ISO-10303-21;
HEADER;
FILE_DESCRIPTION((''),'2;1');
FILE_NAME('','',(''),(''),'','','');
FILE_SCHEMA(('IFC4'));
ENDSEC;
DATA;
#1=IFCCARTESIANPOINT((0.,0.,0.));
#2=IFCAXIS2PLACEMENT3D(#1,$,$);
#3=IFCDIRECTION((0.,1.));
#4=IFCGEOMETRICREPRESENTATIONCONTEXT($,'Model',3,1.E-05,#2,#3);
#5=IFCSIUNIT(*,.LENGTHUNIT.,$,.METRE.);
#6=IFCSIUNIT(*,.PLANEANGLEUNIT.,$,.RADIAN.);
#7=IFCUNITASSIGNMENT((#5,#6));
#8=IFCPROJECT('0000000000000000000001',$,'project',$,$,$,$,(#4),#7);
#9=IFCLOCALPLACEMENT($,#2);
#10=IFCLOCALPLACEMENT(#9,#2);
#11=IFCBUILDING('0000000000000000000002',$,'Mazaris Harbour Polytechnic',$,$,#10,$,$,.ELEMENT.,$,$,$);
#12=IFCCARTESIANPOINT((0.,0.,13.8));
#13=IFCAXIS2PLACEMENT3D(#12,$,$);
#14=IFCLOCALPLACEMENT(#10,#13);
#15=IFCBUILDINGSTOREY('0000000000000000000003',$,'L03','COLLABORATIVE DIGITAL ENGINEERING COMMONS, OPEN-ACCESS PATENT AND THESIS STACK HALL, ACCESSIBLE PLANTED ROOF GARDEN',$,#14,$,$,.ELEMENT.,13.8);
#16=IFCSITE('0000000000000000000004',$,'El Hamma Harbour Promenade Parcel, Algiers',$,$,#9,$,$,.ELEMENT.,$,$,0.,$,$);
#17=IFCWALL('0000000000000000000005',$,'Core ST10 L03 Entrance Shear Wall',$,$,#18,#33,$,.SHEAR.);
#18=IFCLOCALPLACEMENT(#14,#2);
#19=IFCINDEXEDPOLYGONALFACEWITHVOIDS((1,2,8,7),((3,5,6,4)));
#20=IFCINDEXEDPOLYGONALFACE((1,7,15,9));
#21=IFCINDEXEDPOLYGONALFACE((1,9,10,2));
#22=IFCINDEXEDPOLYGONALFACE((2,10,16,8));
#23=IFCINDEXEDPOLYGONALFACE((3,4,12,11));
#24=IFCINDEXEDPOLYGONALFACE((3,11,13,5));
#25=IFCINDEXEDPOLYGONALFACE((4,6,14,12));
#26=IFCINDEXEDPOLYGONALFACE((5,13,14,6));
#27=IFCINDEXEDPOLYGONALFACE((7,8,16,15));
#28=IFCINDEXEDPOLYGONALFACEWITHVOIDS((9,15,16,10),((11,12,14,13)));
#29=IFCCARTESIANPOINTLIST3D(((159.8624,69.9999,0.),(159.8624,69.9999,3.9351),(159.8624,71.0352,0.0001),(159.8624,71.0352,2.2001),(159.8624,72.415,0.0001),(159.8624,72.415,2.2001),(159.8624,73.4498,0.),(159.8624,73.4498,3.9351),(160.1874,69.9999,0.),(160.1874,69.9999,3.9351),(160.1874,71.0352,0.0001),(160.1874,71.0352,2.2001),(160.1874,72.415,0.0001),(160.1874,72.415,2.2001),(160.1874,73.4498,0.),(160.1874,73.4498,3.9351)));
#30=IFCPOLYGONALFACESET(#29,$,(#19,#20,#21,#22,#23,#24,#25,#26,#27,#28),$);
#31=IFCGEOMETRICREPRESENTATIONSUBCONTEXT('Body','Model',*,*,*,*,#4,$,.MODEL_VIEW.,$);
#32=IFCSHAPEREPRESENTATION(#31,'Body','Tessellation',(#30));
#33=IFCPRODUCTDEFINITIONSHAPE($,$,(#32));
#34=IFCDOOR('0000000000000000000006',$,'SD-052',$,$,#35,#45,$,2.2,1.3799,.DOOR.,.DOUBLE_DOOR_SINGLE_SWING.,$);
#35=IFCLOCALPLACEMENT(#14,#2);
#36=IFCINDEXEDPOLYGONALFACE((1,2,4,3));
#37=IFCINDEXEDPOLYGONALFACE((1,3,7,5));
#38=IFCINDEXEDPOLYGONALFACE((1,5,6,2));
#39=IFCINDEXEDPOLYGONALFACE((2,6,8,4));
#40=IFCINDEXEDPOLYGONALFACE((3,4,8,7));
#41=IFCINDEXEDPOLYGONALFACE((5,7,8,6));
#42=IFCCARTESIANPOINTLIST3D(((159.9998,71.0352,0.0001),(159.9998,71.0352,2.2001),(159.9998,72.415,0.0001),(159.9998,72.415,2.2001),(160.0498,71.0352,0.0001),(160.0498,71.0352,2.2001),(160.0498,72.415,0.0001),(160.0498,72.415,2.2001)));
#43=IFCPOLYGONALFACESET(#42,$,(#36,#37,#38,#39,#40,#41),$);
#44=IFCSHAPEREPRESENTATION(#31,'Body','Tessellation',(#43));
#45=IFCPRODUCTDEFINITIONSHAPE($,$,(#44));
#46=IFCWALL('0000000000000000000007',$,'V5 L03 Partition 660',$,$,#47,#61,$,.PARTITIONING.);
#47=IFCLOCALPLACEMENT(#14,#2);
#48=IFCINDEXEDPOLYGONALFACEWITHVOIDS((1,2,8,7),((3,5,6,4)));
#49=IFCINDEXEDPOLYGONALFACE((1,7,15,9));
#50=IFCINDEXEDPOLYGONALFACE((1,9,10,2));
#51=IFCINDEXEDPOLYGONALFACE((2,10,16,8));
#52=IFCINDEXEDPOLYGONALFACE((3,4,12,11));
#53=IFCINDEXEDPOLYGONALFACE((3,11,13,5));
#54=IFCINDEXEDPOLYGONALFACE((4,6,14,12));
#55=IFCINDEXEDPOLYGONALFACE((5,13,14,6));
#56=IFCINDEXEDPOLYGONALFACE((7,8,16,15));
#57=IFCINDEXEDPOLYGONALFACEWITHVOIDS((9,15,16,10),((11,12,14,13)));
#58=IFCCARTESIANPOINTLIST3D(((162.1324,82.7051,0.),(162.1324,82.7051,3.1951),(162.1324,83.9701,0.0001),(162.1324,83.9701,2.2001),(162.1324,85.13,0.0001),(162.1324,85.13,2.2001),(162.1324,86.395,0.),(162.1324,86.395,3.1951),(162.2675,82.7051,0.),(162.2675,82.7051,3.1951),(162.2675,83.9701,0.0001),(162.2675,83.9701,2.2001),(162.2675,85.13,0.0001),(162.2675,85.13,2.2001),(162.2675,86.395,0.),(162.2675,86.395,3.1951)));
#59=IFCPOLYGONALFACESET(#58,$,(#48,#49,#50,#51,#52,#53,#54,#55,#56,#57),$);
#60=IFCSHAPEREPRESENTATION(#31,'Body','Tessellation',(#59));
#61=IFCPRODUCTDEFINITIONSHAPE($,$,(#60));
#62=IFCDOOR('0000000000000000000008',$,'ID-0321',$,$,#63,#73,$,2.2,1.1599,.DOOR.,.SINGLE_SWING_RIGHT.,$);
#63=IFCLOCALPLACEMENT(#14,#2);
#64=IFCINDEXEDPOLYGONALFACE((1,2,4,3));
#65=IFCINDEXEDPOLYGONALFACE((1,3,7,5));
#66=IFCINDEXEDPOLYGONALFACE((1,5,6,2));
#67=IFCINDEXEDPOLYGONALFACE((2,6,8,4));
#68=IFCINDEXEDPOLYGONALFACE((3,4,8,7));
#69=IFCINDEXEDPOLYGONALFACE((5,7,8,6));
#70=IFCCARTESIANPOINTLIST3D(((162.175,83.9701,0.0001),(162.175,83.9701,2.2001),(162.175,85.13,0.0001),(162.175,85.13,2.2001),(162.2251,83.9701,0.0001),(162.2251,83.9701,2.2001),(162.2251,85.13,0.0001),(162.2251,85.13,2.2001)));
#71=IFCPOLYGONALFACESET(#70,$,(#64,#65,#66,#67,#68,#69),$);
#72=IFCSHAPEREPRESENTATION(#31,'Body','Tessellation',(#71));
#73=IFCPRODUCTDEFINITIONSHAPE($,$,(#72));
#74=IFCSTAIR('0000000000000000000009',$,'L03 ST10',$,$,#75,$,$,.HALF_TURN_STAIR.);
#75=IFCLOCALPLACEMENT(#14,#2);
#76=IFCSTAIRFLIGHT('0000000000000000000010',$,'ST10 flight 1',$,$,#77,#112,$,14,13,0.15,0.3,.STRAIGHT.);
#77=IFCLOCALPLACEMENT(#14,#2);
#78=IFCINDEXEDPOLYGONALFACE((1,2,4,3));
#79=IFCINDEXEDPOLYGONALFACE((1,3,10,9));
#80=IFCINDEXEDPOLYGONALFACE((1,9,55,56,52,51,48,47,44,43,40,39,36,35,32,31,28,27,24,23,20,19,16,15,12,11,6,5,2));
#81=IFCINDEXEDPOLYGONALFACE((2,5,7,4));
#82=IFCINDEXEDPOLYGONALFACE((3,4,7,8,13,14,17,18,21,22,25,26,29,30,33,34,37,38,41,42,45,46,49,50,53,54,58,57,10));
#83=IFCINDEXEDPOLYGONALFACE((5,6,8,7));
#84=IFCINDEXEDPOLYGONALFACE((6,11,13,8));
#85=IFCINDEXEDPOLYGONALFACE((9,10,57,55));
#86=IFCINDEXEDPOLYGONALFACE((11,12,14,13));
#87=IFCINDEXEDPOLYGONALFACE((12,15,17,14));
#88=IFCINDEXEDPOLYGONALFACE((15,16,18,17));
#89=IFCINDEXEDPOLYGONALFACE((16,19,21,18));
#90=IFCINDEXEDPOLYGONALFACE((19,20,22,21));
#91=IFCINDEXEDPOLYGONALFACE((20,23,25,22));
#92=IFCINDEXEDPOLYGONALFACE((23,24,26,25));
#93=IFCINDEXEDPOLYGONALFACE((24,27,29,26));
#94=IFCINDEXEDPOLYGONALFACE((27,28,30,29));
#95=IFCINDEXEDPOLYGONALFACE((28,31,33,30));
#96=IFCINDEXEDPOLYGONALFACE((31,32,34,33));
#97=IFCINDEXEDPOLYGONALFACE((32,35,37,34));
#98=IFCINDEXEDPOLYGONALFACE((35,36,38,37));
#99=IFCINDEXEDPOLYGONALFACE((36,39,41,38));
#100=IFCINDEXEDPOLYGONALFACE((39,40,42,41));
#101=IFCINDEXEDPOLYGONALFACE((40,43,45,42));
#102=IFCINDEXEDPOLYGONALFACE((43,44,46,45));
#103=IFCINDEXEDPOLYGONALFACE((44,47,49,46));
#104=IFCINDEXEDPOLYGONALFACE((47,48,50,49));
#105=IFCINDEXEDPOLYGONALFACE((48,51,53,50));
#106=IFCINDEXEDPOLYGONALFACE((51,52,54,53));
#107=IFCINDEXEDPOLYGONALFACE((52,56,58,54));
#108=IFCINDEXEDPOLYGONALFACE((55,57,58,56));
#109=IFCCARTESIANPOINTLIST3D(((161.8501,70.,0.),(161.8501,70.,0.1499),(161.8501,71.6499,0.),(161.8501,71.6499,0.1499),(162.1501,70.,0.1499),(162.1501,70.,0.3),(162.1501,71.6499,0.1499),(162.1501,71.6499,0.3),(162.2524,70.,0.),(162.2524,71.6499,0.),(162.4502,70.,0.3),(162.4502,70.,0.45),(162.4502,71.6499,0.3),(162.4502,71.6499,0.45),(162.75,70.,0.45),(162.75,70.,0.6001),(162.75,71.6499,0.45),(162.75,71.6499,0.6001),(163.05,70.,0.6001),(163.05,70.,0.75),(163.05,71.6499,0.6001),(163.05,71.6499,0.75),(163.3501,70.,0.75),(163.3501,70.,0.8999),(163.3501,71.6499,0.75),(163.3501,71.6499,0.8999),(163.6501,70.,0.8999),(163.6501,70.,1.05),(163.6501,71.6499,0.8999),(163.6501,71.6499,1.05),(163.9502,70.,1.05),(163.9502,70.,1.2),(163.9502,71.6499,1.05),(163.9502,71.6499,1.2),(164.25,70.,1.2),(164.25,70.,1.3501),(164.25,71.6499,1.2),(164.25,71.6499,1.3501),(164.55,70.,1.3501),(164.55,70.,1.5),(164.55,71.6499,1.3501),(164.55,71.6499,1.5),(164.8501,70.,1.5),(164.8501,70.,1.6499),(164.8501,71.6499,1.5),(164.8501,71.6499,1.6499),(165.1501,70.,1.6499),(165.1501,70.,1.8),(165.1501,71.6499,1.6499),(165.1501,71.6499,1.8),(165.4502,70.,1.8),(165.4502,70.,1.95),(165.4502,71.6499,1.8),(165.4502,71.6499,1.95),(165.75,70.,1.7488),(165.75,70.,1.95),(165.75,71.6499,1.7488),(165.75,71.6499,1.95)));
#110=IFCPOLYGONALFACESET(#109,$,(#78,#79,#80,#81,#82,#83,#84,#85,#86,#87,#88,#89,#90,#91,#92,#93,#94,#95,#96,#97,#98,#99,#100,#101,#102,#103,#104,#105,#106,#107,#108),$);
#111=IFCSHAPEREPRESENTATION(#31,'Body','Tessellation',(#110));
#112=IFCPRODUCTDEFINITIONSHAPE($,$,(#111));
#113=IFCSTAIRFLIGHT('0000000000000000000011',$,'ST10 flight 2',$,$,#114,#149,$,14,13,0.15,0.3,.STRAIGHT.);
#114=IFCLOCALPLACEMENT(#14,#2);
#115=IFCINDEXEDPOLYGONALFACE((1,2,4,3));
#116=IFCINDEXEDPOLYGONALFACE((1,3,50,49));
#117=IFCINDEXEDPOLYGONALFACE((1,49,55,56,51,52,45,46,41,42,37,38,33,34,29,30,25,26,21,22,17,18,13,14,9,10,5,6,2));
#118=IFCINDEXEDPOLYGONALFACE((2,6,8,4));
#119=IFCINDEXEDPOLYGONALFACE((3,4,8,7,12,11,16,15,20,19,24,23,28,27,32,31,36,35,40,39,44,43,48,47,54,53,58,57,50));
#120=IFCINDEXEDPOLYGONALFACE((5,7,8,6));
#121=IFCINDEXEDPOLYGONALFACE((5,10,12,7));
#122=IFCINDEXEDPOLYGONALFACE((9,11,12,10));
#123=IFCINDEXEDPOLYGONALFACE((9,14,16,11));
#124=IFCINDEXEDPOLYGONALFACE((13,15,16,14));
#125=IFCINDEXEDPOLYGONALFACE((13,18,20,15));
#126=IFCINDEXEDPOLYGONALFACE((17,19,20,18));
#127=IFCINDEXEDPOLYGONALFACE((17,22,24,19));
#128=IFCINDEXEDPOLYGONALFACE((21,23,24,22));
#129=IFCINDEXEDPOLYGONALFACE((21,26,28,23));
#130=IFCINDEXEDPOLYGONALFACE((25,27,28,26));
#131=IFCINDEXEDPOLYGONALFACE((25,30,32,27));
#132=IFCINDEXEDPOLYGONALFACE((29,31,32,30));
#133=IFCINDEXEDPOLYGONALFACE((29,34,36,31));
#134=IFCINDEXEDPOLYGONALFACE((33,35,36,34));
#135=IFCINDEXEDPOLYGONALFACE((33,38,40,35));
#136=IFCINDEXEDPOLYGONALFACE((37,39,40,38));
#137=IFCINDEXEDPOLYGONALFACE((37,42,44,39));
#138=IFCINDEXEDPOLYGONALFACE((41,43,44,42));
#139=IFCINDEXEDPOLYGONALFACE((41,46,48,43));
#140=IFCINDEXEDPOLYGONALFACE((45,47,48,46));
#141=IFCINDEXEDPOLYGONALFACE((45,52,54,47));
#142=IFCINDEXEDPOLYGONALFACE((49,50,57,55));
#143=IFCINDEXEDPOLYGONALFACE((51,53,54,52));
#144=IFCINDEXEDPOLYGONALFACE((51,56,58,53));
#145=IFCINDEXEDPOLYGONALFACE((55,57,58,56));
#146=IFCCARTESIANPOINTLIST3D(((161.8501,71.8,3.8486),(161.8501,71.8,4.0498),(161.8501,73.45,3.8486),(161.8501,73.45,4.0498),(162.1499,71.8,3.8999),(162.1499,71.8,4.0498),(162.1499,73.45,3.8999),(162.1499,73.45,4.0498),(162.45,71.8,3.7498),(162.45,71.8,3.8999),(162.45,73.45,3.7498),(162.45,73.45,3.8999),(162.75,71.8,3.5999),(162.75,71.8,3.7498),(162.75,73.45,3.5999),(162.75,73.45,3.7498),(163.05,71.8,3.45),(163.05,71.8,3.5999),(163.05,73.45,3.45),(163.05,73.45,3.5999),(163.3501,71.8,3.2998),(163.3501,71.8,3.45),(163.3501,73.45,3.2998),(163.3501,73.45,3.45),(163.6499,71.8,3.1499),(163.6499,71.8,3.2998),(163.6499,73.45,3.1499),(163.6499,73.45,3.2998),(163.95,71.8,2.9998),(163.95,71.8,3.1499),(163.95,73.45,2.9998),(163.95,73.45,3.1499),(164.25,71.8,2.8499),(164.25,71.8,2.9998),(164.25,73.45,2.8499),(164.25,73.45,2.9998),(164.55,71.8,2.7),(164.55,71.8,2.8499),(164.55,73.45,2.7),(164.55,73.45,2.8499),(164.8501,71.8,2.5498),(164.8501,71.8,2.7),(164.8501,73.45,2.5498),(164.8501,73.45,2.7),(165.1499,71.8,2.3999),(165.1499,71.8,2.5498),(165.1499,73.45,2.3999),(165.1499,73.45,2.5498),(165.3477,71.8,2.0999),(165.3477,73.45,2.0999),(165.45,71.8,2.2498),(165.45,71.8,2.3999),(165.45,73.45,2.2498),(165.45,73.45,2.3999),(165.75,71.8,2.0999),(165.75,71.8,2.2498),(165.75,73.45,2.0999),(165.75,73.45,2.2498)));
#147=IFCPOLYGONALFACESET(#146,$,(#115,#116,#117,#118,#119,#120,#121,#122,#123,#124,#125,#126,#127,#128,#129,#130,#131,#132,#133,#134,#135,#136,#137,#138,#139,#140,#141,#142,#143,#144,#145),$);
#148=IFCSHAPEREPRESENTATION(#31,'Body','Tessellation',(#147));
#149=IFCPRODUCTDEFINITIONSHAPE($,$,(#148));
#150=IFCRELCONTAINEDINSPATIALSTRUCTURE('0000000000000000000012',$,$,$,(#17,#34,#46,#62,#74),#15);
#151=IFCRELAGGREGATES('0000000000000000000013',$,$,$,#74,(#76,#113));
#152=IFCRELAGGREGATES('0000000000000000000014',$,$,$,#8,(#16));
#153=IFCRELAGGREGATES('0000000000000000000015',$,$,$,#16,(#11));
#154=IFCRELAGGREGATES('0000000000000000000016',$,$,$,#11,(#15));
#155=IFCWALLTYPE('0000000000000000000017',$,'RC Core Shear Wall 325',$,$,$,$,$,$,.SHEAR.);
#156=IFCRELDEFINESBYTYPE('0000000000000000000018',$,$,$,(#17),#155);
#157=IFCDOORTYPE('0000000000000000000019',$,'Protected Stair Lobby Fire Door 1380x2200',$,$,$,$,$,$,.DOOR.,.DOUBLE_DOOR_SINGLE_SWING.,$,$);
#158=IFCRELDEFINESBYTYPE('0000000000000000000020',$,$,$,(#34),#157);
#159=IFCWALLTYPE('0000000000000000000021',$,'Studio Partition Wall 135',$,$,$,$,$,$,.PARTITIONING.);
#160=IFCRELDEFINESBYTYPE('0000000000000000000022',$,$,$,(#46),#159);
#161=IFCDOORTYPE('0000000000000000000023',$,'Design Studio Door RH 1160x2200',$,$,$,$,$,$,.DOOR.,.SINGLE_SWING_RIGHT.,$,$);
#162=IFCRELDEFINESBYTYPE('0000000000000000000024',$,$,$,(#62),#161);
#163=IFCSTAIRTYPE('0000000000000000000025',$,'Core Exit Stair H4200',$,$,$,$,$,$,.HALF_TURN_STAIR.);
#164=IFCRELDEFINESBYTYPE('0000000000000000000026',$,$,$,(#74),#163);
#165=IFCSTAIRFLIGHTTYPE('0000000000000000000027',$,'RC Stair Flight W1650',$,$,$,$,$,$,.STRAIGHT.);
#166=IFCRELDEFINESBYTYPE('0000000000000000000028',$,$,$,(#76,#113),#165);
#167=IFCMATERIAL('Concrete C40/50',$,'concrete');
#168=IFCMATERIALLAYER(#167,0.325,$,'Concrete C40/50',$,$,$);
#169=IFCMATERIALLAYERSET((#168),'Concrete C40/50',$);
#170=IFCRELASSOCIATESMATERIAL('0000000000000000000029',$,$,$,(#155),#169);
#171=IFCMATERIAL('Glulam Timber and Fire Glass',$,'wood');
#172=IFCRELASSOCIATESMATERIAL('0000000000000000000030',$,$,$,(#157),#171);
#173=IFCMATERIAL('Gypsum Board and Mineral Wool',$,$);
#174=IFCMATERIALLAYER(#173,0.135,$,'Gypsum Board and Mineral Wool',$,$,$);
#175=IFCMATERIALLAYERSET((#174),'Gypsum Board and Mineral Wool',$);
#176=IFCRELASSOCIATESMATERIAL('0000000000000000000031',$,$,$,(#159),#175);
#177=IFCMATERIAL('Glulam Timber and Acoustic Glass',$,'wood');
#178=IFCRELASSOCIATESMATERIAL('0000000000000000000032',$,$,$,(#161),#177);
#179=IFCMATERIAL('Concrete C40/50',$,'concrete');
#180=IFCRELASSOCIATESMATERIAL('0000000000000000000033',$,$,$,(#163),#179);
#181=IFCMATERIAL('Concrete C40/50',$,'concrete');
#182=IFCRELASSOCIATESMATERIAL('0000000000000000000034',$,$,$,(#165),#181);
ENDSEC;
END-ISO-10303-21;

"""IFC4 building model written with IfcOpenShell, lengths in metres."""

from ifc_helpers import new_model, si_unit, direction, frame, frame_2d, origin, place, context, subcontext, project, spatial, polyline, rectangle, outline, extrude, material, layer, layer_set, type_object, element, fill, aggregate, save


model = new_model("IFC4")

# Units and contexts
model_context = context("Model", 3, precision=1e-05, world=origin(), true_north=direction((0.0, 1.0)))
body_context = subcontext(model_context, "Body", "Model", "MODEL_VIEW")
ifc_project = project(units=[si_unit("LENGTHUNIT", "METRE"), si_unit("PLANEANGLEUNIT", "RADIAN")], contexts=[model_context])

# Site, building, storey
site_placement = place(None, origin())
site = spatial("IfcSite", under=ifc_project, at=site_placement, Name="El Hamma Harbour Promenade Parcel, Algiers", CompositionType="ELEMENT", RefElevation=0.0)
building_placement = place(site_placement, origin())
building = spatial("IfcBuilding", under=site, at=building_placement, Name="Mazaris Harbour Polytechnic", CompositionType="ELEMENT")
storey_placement = place(building_placement, frame((0.0, 0.0, 13.8)))
storey = spatial("IfcBuildingStorey", under=building, at=storey_placement, Name="L03", Description="COLLABORATIVE DIGITAL ENGINEERING COMMONS, OPEN-ACCESS PATENT AND THESIS STACK HALL, ACCESSIBLE PLANTED ROOF GARDEN", CompositionType="ELEMENT", Elevation=13.8)

# Shared definitions
ifc_material_1 = material(Name="Concrete C40/50", Category="concrete")
ifc_layer_1 = layer(ifc_material_1, 0.325, Name="Concrete C40/50")
ifc_layer_set_1 = layer_set([ifc_layer_1], Name="Concrete C40/50")
wall_type_1 = type_object("IfcWallType", Name="RC Core Shear Wall 325", PredefinedType="SHEAR", material=ifc_layer_set_1)

# Walls, openings, doors
wall_1_placement = place(storey_placement, frame((160.0249, 73.45, 0.0), z_axis=(0.0, 0.0, 1.0), x_axis=(0.0, -1.0, 0.0)))
wall_1 = element("IfcWall", 1, at=wall_1_placement, inside=storey, type_object=wall_type_1, Name="Core ST10 L03 Entrance Shear Wall", PredefinedType="SHEAR", context=body_context, shape_type="SweptSolid", body=[
    extrude(rectangle(XDim=3.45, YDim=0.325, at=frame_2d((1.7251, 0.0))), origin(), (0.0, 0.0, 1.0), 3.9351),
])
opening_1_placement = place(wall_1_placement, frame((1.0349, 0.0, 0.0)))
opening_1 = element("IfcOpeningElement", 2, at=opening_1_placement, cuts=wall_1, PredefinedType="OPENING", context=body_context, shape_type="SweptSolid", body=[
    extrude(rectangle(XDim=1.3799, YDim=2.2, at=frame_2d((0.6899, 1.1001))), frame((0.0, 0.1724, 0.0), z_axis=(0.0, -1.0, 0.0), x_axis=(1.0, 0.0, 0.0)), (0.0, 0.0, 1.0), 0.345),
])
ifc_material_2 = material(Name="Glulam Timber and Fire Glass", Category="wood")
door_type_1 = type_object("IfcDoorType", Name="Protected Stair Lobby Fire Door 1380x2200", OperationType="DOUBLE_DOOR_SINGLE_SWING", PredefinedType="DOOR", material=ifc_material_2)
door_1_placement = place(opening_1_placement, origin())
door_1 = element("IfcDoor", 3, at=door_1_placement, inside=storey, type_object=door_type_1, Name="SD-052", OperationType="DOUBLE_DOOR_SINGLE_SWING", OverallHeight=2.2, OverallWidth=1.3799, PredefinedType="DOOR", context=body_context, shape_type="SweptSolid", body=[
    extrude(rectangle(XDim=1.3799, YDim=2.2, at=frame_2d((0.6899, 1.1001))), frame((0.0, 0.0249, 0.0), z_axis=(0.0, -1.0, 0.0), x_axis=(1.0, 0.0, 0.0)), (0.0, 0.0, 1.0), 0.05),
])
fill(opening_1, door_1)
ifc_material_3 = material(Name="Gypsum Board and Mineral Wool")
ifc_layer_2 = layer(ifc_material_3, 0.135, Name="Gypsum Board and Mineral Wool")
ifc_layer_set_2 = layer_set([ifc_layer_2], Name="Gypsum Board and Mineral Wool")
wall_type_2 = type_object("IfcWallType", Name="Studio Partition Wall 135", PredefinedType="PARTITIONING", material=ifc_layer_set_2)
wall_2_placement = place(storey_placement, frame((162.2, 82.7051, 0.0), z_axis=(0.0, 0.0, 1.0), x_axis=(0.0, 1.0, 0.0)))
wall_2 = element("IfcWall", 4, at=wall_2_placement, inside=storey, type_object=wall_type_2, Name="V5 L03 Partition 660", PredefinedType="PARTITIONING", context=body_context, shape_type="SweptSolid", body=[
    extrude(rectangle(XDim=3.6899, YDim=0.135, at=frame_2d((1.845, 0.0))), origin(), (0.0, 0.0, 1.0), 3.1951),
])
opening_2_placement = place(wall_2_placement, frame((1.2649, 0.0, 0.0)))
opening_2 = element("IfcOpeningElement", 5, at=opening_2_placement, cuts=wall_2, PredefinedType="OPENING", context=body_context, shape_type="SweptSolid", body=[
    extrude(rectangle(XDim=1.1599, YDim=2.2, at=frame_2d((0.5801, 1.1001))), frame((0.0, 0.0774, 0.0), z_axis=(0.0, -1.0, 0.0), x_axis=(1.0, 0.0, 0.0)), (0.0, 0.0, 1.0), 0.155),
])
ifc_material_4 = material(Name="Glulam Timber and Acoustic Glass", Category="wood")
door_type_2 = type_object("IfcDoorType", Name="Design Studio Door RH 1160x2200", OperationType="SINGLE_SWING_RIGHT", PredefinedType="DOOR", material=ifc_material_4)
door_2_placement = place(opening_2_placement, origin())
door_2 = element("IfcDoor", 6, at=door_2_placement, inside=storey, type_object=door_type_2, Name="ID-0321", OperationType="SINGLE_SWING_RIGHT", OverallHeight=2.2, OverallWidth=1.1599, PredefinedType="DOOR", context=body_context, shape_type="SweptSolid", body=[
    extrude(rectangle(XDim=1.1599, YDim=2.2, at=frame_2d((0.5801, 1.1001))), frame((0.0, 0.0249, 0.0), z_axis=(0.0, -1.0, 0.0), x_axis=(1.0, 0.0, 0.0)), (0.0, 0.0, 1.0), 0.05),
])
fill(opening_2, door_2)

# Stair, stair flights
ifc_material_5 = material(Name="Concrete C40/50", Category="concrete")
stair_type = type_object("IfcStairType", Name="Core Exit Stair H4200", PredefinedType="HALF_TURN_STAIR", material=ifc_material_5)
stair_placement = place(storey_placement, origin())
stair = element("IfcStair", 7, at=stair_placement, inside=storey, type_object=stair_type, Name="L03 ST10", PredefinedType="HALF_TURN_STAIR")
ifc_material_6 = material(Name="Concrete C40/50", Category="concrete")
stair_flight_type = type_object("IfcStairFlightType", Name="RC Stair Flight W1650", PredefinedType="STRAIGHT", material=ifc_material_6)
stair_flight_1_placement = place(storey_placement, frame((161.8501, 70.825, 0.0), z_axis=(0.0, 0.0, 1.0), x_axis=(1.0, 0.0, 0.0)))
stair_flight_1 = element("IfcStairFlight", 8, at=stair_flight_1_placement, type_object=stair_flight_type, Name="ST10 flight 1", NumberOfRisers=14, NumberOfTreads=13, PredefinedType="STRAIGHT", RiserHeight=0.15, TreadLength=0.3, context=body_context, shape_type="SweptSolid", body=[
    extrude(outline(polyline([(0.0, 0.0), (0.0, 0.1499), (0.3, 0.1499), (0.3, 0.3), (0.6001, 0.3), (0.6001, 0.45), (0.8999, 0.45), (0.8999, 0.6001), (1.2, 0.6001), (1.2, 0.75), (1.5, 0.75), (1.5, 0.8999), (1.8, 0.8999), (1.8, 1.05), (2.1001, 1.05), (2.1001, 1.2), (2.3999, 1.2), (2.3999, 1.3501), (2.7, 1.3501), (2.7, 1.5), (3.0, 1.5), (3.0, 1.6499), (3.3, 1.6499), (3.3, 1.8), (3.6001, 1.8), (3.6001, 1.95), (3.8999, 1.95), (3.8999, 2.1001), (3.8999, 1.7488), (0.4023, 0.0), (0.0, 0.0)])), frame((0.0, 0.825, 0.0), z_axis=(0.0, -1.0, 0.0), x_axis=(1.0, 0.0, 0.0)), (0.0, 0.0, 1.0), 1.6499),
])
stair_flight_2_placement = place(storey_placement, frame((165.75, 72.625, 2.0999), z_axis=(0.0, 0.0, 1.0), x_axis=(-1.0, 0.0, 0.0)))
stair_flight_2 = element("IfcStairFlight", 9, at=stair_flight_2_placement, type_object=stair_flight_type, Name="ST10 flight 2", NumberOfRisers=14, NumberOfTreads=13, PredefinedType="STRAIGHT", RiserHeight=0.15, TreadLength=0.3, context=body_context, shape_type="SweptSolid", body=[
    extrude(outline(polyline([(0.0, 0.0), (0.0, 0.1499), (0.3, 0.1499), (0.3, 0.3), (0.6001, 0.3), (0.6001, 0.45), (0.8999, 0.45), (0.8999, 0.6001), (1.2, 0.6001), (1.2, 0.75), (1.5, 0.75), (1.5, 0.8999), (1.8, 0.8999), (1.8, 1.05), (2.1001, 1.05), (2.1001, 1.2), (2.3999, 1.2), (2.3999, 1.3501), (2.7, 1.3501), (2.7, 1.5), (3.0, 1.5), (3.0, 1.6499), (3.3, 1.6499), (3.3, 1.8), (3.6001, 1.8), (3.6001, 1.95), (3.8999, 1.95), (3.8999, 2.1001), (3.8999, 1.7488), (0.4023, 0.0), (0.0, 0.0)])), frame((0.0, 0.825, 0.0), z_axis=(0.0, -1.0, 0.0), x_axis=(1.0, 0.0, 0.0)), (0.0, 0.0, 1.0), 1.6499),
])
aggregate(stair, [stair_flight_1, stair_flight_2])

save(model, "model.ifc")
